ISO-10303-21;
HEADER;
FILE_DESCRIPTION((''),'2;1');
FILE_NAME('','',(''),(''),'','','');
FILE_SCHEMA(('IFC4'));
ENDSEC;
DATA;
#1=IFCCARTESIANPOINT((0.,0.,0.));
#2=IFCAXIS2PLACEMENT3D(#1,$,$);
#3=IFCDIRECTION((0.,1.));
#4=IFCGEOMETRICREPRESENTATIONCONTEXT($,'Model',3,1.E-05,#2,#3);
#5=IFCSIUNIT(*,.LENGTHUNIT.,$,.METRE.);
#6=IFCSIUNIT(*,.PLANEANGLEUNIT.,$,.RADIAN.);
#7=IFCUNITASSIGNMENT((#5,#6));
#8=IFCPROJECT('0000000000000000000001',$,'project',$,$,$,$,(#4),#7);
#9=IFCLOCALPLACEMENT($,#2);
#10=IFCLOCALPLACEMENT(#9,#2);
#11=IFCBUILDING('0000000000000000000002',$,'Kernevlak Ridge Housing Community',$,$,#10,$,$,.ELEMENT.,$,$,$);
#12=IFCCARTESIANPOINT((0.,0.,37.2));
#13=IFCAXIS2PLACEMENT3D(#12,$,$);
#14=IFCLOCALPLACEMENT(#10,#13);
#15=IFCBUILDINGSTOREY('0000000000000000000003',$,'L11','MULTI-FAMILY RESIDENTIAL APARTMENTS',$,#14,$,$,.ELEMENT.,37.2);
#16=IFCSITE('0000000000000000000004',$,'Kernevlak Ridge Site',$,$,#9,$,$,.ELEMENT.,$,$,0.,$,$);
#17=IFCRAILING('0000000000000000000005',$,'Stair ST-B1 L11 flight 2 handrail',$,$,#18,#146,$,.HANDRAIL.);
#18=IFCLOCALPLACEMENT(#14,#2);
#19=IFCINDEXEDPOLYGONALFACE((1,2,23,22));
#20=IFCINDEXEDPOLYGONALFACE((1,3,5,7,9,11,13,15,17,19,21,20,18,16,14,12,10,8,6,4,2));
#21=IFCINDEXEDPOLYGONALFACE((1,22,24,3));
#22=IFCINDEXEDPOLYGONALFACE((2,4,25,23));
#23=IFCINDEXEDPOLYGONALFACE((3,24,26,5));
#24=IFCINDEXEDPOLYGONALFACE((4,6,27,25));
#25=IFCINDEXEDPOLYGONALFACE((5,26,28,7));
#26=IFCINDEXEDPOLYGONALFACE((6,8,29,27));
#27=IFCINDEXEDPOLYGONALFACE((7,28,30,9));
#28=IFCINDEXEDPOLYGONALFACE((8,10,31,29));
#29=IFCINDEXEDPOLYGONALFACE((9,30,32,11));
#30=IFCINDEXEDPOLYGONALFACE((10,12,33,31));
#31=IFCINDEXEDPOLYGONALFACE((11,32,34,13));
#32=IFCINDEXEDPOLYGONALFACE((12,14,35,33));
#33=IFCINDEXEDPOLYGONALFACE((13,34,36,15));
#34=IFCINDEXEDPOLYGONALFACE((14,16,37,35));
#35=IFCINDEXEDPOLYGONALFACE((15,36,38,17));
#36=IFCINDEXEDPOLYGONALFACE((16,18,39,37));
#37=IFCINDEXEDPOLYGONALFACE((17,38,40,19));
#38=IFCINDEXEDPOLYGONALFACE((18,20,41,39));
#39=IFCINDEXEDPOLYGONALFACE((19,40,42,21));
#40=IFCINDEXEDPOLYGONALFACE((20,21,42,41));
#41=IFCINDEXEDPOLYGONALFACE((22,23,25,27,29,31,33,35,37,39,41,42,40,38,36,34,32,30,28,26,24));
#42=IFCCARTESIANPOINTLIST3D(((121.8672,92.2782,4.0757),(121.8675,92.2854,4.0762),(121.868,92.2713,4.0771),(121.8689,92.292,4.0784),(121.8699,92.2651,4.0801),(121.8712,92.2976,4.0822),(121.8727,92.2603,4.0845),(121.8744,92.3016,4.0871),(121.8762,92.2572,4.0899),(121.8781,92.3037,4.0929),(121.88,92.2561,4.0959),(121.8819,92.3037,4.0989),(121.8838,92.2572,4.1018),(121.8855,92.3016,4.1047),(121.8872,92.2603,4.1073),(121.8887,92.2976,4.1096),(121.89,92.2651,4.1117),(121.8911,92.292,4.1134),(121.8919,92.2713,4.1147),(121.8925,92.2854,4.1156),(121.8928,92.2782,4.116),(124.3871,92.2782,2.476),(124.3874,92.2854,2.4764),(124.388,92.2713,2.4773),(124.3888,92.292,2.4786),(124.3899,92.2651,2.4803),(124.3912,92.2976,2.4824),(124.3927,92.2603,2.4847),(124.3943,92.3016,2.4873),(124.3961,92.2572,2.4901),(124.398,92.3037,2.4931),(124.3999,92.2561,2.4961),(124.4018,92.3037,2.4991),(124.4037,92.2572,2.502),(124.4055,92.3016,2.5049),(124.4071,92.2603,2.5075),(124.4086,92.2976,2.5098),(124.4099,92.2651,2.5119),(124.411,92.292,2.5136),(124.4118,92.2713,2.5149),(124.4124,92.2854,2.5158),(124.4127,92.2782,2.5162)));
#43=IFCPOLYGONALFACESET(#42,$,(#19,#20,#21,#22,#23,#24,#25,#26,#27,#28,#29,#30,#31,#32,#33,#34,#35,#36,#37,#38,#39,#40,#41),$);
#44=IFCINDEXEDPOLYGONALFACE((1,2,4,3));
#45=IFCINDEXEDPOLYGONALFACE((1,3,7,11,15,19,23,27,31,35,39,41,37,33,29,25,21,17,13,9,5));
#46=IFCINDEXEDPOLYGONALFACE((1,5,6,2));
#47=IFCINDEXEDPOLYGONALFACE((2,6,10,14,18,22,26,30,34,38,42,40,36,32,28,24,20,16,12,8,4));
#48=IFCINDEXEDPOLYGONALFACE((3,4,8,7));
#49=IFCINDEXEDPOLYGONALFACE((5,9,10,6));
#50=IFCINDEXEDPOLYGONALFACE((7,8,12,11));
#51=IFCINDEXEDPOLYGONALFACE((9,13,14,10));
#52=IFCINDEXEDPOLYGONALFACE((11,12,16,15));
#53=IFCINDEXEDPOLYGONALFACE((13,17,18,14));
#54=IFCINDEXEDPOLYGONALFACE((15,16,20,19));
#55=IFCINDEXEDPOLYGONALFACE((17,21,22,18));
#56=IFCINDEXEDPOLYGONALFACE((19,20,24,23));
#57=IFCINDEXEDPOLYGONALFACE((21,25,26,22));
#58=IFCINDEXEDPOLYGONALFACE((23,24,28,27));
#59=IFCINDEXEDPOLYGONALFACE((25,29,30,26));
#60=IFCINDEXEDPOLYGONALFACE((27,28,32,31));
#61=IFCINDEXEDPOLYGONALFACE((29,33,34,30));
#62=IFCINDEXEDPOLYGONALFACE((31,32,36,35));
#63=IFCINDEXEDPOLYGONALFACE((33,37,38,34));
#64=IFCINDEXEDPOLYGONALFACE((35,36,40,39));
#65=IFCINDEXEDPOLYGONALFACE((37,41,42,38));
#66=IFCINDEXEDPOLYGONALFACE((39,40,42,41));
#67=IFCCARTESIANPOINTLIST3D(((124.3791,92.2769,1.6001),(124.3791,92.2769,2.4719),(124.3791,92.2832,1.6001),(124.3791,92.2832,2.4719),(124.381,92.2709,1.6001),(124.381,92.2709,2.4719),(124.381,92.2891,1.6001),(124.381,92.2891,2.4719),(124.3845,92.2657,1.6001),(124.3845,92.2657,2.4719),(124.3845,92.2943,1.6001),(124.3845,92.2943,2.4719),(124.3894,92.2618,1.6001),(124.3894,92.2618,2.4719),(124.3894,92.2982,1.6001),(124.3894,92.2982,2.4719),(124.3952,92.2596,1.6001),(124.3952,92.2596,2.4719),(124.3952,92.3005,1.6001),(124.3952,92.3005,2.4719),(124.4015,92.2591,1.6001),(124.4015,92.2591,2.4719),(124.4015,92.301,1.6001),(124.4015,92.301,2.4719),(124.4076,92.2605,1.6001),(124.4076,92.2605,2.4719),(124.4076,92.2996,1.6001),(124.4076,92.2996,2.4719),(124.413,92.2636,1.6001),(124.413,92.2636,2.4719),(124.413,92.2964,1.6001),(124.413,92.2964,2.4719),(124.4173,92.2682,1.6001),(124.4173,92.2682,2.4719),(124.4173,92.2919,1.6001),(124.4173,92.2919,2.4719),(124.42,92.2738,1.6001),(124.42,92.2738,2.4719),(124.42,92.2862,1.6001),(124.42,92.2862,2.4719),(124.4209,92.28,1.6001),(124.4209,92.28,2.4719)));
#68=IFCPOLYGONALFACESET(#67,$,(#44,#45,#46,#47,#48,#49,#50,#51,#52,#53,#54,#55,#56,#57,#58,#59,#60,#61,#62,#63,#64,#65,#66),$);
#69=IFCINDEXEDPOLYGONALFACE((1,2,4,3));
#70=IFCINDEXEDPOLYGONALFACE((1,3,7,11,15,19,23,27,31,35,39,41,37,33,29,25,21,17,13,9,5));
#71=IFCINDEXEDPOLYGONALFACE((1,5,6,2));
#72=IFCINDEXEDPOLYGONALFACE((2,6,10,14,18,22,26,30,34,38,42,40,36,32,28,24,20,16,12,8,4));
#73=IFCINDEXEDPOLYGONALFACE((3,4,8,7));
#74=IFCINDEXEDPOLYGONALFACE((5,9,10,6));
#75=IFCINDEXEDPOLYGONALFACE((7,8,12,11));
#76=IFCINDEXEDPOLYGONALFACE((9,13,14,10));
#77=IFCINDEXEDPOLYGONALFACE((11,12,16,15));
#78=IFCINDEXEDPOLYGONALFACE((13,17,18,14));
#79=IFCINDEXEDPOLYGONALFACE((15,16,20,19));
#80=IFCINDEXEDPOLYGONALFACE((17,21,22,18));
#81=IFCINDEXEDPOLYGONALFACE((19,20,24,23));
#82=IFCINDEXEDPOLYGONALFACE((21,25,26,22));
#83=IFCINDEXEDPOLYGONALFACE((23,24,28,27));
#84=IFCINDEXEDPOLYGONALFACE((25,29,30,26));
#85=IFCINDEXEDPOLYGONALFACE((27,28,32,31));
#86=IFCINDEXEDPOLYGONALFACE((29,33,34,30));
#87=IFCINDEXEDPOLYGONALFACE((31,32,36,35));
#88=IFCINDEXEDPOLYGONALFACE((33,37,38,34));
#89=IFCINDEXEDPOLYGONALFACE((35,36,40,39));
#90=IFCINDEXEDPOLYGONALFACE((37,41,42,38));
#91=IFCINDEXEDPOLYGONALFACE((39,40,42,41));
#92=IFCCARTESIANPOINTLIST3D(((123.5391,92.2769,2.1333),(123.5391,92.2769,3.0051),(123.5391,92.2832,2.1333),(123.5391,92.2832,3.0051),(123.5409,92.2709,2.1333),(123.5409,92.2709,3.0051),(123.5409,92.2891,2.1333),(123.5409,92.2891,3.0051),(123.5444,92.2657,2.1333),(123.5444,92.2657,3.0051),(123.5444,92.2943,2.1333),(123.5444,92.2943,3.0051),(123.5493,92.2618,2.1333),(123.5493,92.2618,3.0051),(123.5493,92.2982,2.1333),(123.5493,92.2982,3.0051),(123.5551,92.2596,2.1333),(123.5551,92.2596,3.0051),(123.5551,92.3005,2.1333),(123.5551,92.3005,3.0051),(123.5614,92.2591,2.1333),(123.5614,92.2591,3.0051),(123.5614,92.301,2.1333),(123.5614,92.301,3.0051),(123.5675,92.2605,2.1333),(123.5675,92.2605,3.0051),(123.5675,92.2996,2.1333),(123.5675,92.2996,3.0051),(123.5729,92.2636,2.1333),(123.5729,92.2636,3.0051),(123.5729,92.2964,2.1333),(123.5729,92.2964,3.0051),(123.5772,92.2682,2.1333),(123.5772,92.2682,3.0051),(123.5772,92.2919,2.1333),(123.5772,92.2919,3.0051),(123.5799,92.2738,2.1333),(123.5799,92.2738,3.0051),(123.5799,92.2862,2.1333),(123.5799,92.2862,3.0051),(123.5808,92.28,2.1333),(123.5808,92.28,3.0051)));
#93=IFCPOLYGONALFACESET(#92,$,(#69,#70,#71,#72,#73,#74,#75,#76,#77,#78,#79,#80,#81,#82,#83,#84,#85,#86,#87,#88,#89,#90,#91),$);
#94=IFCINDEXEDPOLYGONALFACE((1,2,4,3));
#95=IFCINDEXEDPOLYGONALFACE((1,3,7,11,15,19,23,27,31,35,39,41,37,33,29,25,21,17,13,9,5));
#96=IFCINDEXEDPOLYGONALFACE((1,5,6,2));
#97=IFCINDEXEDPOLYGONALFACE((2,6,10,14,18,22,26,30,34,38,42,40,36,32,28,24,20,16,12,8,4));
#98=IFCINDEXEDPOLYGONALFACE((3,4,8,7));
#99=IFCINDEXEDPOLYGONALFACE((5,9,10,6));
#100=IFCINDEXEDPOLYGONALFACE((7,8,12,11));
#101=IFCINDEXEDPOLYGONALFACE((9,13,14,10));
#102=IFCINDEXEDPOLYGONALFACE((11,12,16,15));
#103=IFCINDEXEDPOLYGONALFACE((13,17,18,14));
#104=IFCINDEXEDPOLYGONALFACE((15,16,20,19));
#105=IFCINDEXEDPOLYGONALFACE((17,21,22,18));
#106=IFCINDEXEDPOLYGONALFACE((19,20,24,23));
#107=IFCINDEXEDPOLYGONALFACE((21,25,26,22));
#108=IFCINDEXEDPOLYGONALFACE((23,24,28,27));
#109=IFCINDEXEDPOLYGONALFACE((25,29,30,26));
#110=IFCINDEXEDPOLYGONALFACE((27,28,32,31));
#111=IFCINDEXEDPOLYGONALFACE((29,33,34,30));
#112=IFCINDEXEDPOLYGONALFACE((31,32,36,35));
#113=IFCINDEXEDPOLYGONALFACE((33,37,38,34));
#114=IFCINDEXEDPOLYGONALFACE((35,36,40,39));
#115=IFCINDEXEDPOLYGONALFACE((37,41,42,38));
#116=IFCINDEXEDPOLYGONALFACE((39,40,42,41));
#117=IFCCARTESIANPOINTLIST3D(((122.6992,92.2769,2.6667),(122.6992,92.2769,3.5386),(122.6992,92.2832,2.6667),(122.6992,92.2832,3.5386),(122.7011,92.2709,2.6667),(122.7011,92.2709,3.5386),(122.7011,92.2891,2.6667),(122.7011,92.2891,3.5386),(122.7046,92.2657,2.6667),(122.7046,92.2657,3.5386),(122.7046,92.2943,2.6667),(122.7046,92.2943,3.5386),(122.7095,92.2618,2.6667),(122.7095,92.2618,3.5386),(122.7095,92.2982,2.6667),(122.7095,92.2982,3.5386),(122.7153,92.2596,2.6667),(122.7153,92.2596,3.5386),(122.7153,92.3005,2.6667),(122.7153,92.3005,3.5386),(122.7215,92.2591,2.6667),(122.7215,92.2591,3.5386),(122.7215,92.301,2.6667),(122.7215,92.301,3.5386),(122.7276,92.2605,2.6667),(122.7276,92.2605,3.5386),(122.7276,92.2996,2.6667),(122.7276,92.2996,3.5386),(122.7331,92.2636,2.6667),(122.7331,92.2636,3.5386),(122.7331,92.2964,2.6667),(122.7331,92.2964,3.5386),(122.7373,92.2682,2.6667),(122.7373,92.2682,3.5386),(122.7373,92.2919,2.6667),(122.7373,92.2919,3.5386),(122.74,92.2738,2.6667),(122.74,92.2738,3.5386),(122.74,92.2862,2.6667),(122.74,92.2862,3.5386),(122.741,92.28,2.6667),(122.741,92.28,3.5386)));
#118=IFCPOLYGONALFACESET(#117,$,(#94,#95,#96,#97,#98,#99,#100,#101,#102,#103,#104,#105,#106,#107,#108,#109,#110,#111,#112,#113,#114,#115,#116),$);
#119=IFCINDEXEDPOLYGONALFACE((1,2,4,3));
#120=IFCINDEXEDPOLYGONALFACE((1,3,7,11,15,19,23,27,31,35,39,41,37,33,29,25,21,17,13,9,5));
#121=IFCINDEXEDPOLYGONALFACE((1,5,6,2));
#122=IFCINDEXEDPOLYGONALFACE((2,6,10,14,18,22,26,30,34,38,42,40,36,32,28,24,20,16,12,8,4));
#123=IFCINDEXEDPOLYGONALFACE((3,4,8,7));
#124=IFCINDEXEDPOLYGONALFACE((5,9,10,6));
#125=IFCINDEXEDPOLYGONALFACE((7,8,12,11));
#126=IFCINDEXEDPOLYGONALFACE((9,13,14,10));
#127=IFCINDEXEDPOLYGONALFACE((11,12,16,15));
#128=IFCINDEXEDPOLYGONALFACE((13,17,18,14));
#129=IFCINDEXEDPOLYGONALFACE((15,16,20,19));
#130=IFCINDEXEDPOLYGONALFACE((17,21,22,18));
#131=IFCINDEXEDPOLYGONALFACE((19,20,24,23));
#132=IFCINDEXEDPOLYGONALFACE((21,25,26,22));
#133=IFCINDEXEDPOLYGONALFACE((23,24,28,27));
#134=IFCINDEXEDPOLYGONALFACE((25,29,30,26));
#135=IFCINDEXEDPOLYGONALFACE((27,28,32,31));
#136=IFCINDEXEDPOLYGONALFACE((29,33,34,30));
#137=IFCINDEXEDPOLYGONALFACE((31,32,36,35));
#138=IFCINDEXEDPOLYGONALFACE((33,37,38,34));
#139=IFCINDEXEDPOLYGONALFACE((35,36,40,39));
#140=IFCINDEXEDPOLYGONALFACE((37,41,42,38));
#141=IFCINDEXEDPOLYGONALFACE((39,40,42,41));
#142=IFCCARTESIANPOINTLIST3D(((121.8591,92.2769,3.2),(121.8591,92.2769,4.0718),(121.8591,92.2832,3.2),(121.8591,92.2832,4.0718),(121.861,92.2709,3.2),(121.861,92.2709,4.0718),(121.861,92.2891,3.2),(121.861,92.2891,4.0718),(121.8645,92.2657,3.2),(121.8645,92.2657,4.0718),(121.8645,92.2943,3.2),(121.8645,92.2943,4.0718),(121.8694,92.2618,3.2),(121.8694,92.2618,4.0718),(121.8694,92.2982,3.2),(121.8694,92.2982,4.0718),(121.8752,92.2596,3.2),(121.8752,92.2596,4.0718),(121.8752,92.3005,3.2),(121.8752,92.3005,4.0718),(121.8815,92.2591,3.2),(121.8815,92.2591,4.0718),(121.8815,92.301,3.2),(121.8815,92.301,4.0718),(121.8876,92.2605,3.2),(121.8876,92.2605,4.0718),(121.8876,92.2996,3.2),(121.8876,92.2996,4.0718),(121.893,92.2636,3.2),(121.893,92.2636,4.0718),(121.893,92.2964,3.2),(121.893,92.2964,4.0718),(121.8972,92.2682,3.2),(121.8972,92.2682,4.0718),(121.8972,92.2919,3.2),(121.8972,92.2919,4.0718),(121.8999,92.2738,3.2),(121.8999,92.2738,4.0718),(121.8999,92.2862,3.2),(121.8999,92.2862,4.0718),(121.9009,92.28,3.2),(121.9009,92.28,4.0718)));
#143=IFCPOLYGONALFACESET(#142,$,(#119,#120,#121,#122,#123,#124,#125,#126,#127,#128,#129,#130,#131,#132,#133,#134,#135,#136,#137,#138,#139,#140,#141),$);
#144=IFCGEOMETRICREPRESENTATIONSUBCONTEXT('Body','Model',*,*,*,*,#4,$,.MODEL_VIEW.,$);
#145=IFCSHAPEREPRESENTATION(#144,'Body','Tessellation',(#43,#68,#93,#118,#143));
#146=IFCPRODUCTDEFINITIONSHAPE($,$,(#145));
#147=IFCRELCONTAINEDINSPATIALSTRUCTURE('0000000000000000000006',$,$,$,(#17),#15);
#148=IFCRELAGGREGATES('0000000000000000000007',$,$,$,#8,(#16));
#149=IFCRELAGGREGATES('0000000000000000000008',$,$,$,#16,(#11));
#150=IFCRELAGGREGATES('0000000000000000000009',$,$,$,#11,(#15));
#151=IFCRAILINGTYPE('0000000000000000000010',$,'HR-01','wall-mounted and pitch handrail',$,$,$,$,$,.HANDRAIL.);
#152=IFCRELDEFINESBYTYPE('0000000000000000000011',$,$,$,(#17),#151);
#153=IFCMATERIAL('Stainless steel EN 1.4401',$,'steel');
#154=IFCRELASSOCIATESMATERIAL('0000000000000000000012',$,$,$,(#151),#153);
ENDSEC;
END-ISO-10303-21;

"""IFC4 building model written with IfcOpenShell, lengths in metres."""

from ifc_helpers import new_model, si_unit, direction, frame, origin, origin_2d, place, context, subcontext, project, spatial, circle, extrude, material, type_object, element, save


model = new_model("IFC4")

# Units and contexts
model_context = context("Model", 3, precision=1e-05, world=origin(), true_north=direction((0.0, 1.0)))
body_context = subcontext(model_context, "Body", "Model", "MODEL_VIEW")
ifc_project = project(units=[si_unit("LENGTHUNIT", "METRE"), si_unit("PLANEANGLEUNIT", "RADIAN")], contexts=[model_context])

# Site, building, storey
site_placement = place(None, origin())
site = spatial("IfcSite", under=ifc_project, at=site_placement, Name="Kernevlak Ridge Site", CompositionType="ELEMENT", RefElevation=0.0)
building_placement = place(site_placement, origin())
building = spatial("IfcBuilding", under=site, at=building_placement, Name="Kernevlak Ridge Housing Community", CompositionType="ELEMENT")
storey_placement = place(building_placement, frame((0.0, 0.0, 37.2)))
storey = spatial("IfcBuildingStorey", under=building, at=storey_placement, Name="L11", Description="MULTI-FAMILY RESIDENTIAL APARTMENTS", CompositionType="ELEMENT", Elevation=37.2)

# Railing
ifc_material_1 = material(Name="Stainless steel EN 1.4401", Category="steel")
railing_type_1 = type_object("IfcRailingType", Name="HR-01", Description="wall-mounted and pitch handrail", PredefinedType="HANDRAIL", material=ifc_material_1)
railing_1_placement = place(storey_placement, frame((124.3999, 92.28, 1.6001)))
element("IfcRailing", 1, at=railing_1_placement, inside=storey, type_object=railing_type_1, Name="Stair ST-B1 L11 flight 2 handrail", PredefinedType="HANDRAIL", context=body_context, shape_type="SweptSolid", body=[
    extrude(circle(Radius=0.0239, at=origin_2d()), frame((0.0, 0.0, 0.896), z_axis=(-0.844237, 0.0, 0.53597), x_axis=(0.0, -1.0, 0.0)), (0.0, 0.0, 1.0), 2.9849),
    extrude(circle(Radius=0.021, at=origin_2d()), origin(), (0.0, 0.0, 1.0), 0.8718),
    extrude(circle(Radius=0.021, at=origin_2d()), frame((-0.8401, 0.0, 0.5332)), (0.0, 0.0, 1.0), 0.8718),
    extrude(circle(Radius=0.021, at=origin_2d()), frame((-1.6799, 0.0, 1.0667)), (0.0, 0.0, 1.0), 0.8718),
    extrude(circle(Radius=0.021, at=origin_2d()), frame((-2.52, 0.0, 1.5999)), (0.0, 0.0, 1.0), 0.8718),
])

save(model, "model.ifc")
